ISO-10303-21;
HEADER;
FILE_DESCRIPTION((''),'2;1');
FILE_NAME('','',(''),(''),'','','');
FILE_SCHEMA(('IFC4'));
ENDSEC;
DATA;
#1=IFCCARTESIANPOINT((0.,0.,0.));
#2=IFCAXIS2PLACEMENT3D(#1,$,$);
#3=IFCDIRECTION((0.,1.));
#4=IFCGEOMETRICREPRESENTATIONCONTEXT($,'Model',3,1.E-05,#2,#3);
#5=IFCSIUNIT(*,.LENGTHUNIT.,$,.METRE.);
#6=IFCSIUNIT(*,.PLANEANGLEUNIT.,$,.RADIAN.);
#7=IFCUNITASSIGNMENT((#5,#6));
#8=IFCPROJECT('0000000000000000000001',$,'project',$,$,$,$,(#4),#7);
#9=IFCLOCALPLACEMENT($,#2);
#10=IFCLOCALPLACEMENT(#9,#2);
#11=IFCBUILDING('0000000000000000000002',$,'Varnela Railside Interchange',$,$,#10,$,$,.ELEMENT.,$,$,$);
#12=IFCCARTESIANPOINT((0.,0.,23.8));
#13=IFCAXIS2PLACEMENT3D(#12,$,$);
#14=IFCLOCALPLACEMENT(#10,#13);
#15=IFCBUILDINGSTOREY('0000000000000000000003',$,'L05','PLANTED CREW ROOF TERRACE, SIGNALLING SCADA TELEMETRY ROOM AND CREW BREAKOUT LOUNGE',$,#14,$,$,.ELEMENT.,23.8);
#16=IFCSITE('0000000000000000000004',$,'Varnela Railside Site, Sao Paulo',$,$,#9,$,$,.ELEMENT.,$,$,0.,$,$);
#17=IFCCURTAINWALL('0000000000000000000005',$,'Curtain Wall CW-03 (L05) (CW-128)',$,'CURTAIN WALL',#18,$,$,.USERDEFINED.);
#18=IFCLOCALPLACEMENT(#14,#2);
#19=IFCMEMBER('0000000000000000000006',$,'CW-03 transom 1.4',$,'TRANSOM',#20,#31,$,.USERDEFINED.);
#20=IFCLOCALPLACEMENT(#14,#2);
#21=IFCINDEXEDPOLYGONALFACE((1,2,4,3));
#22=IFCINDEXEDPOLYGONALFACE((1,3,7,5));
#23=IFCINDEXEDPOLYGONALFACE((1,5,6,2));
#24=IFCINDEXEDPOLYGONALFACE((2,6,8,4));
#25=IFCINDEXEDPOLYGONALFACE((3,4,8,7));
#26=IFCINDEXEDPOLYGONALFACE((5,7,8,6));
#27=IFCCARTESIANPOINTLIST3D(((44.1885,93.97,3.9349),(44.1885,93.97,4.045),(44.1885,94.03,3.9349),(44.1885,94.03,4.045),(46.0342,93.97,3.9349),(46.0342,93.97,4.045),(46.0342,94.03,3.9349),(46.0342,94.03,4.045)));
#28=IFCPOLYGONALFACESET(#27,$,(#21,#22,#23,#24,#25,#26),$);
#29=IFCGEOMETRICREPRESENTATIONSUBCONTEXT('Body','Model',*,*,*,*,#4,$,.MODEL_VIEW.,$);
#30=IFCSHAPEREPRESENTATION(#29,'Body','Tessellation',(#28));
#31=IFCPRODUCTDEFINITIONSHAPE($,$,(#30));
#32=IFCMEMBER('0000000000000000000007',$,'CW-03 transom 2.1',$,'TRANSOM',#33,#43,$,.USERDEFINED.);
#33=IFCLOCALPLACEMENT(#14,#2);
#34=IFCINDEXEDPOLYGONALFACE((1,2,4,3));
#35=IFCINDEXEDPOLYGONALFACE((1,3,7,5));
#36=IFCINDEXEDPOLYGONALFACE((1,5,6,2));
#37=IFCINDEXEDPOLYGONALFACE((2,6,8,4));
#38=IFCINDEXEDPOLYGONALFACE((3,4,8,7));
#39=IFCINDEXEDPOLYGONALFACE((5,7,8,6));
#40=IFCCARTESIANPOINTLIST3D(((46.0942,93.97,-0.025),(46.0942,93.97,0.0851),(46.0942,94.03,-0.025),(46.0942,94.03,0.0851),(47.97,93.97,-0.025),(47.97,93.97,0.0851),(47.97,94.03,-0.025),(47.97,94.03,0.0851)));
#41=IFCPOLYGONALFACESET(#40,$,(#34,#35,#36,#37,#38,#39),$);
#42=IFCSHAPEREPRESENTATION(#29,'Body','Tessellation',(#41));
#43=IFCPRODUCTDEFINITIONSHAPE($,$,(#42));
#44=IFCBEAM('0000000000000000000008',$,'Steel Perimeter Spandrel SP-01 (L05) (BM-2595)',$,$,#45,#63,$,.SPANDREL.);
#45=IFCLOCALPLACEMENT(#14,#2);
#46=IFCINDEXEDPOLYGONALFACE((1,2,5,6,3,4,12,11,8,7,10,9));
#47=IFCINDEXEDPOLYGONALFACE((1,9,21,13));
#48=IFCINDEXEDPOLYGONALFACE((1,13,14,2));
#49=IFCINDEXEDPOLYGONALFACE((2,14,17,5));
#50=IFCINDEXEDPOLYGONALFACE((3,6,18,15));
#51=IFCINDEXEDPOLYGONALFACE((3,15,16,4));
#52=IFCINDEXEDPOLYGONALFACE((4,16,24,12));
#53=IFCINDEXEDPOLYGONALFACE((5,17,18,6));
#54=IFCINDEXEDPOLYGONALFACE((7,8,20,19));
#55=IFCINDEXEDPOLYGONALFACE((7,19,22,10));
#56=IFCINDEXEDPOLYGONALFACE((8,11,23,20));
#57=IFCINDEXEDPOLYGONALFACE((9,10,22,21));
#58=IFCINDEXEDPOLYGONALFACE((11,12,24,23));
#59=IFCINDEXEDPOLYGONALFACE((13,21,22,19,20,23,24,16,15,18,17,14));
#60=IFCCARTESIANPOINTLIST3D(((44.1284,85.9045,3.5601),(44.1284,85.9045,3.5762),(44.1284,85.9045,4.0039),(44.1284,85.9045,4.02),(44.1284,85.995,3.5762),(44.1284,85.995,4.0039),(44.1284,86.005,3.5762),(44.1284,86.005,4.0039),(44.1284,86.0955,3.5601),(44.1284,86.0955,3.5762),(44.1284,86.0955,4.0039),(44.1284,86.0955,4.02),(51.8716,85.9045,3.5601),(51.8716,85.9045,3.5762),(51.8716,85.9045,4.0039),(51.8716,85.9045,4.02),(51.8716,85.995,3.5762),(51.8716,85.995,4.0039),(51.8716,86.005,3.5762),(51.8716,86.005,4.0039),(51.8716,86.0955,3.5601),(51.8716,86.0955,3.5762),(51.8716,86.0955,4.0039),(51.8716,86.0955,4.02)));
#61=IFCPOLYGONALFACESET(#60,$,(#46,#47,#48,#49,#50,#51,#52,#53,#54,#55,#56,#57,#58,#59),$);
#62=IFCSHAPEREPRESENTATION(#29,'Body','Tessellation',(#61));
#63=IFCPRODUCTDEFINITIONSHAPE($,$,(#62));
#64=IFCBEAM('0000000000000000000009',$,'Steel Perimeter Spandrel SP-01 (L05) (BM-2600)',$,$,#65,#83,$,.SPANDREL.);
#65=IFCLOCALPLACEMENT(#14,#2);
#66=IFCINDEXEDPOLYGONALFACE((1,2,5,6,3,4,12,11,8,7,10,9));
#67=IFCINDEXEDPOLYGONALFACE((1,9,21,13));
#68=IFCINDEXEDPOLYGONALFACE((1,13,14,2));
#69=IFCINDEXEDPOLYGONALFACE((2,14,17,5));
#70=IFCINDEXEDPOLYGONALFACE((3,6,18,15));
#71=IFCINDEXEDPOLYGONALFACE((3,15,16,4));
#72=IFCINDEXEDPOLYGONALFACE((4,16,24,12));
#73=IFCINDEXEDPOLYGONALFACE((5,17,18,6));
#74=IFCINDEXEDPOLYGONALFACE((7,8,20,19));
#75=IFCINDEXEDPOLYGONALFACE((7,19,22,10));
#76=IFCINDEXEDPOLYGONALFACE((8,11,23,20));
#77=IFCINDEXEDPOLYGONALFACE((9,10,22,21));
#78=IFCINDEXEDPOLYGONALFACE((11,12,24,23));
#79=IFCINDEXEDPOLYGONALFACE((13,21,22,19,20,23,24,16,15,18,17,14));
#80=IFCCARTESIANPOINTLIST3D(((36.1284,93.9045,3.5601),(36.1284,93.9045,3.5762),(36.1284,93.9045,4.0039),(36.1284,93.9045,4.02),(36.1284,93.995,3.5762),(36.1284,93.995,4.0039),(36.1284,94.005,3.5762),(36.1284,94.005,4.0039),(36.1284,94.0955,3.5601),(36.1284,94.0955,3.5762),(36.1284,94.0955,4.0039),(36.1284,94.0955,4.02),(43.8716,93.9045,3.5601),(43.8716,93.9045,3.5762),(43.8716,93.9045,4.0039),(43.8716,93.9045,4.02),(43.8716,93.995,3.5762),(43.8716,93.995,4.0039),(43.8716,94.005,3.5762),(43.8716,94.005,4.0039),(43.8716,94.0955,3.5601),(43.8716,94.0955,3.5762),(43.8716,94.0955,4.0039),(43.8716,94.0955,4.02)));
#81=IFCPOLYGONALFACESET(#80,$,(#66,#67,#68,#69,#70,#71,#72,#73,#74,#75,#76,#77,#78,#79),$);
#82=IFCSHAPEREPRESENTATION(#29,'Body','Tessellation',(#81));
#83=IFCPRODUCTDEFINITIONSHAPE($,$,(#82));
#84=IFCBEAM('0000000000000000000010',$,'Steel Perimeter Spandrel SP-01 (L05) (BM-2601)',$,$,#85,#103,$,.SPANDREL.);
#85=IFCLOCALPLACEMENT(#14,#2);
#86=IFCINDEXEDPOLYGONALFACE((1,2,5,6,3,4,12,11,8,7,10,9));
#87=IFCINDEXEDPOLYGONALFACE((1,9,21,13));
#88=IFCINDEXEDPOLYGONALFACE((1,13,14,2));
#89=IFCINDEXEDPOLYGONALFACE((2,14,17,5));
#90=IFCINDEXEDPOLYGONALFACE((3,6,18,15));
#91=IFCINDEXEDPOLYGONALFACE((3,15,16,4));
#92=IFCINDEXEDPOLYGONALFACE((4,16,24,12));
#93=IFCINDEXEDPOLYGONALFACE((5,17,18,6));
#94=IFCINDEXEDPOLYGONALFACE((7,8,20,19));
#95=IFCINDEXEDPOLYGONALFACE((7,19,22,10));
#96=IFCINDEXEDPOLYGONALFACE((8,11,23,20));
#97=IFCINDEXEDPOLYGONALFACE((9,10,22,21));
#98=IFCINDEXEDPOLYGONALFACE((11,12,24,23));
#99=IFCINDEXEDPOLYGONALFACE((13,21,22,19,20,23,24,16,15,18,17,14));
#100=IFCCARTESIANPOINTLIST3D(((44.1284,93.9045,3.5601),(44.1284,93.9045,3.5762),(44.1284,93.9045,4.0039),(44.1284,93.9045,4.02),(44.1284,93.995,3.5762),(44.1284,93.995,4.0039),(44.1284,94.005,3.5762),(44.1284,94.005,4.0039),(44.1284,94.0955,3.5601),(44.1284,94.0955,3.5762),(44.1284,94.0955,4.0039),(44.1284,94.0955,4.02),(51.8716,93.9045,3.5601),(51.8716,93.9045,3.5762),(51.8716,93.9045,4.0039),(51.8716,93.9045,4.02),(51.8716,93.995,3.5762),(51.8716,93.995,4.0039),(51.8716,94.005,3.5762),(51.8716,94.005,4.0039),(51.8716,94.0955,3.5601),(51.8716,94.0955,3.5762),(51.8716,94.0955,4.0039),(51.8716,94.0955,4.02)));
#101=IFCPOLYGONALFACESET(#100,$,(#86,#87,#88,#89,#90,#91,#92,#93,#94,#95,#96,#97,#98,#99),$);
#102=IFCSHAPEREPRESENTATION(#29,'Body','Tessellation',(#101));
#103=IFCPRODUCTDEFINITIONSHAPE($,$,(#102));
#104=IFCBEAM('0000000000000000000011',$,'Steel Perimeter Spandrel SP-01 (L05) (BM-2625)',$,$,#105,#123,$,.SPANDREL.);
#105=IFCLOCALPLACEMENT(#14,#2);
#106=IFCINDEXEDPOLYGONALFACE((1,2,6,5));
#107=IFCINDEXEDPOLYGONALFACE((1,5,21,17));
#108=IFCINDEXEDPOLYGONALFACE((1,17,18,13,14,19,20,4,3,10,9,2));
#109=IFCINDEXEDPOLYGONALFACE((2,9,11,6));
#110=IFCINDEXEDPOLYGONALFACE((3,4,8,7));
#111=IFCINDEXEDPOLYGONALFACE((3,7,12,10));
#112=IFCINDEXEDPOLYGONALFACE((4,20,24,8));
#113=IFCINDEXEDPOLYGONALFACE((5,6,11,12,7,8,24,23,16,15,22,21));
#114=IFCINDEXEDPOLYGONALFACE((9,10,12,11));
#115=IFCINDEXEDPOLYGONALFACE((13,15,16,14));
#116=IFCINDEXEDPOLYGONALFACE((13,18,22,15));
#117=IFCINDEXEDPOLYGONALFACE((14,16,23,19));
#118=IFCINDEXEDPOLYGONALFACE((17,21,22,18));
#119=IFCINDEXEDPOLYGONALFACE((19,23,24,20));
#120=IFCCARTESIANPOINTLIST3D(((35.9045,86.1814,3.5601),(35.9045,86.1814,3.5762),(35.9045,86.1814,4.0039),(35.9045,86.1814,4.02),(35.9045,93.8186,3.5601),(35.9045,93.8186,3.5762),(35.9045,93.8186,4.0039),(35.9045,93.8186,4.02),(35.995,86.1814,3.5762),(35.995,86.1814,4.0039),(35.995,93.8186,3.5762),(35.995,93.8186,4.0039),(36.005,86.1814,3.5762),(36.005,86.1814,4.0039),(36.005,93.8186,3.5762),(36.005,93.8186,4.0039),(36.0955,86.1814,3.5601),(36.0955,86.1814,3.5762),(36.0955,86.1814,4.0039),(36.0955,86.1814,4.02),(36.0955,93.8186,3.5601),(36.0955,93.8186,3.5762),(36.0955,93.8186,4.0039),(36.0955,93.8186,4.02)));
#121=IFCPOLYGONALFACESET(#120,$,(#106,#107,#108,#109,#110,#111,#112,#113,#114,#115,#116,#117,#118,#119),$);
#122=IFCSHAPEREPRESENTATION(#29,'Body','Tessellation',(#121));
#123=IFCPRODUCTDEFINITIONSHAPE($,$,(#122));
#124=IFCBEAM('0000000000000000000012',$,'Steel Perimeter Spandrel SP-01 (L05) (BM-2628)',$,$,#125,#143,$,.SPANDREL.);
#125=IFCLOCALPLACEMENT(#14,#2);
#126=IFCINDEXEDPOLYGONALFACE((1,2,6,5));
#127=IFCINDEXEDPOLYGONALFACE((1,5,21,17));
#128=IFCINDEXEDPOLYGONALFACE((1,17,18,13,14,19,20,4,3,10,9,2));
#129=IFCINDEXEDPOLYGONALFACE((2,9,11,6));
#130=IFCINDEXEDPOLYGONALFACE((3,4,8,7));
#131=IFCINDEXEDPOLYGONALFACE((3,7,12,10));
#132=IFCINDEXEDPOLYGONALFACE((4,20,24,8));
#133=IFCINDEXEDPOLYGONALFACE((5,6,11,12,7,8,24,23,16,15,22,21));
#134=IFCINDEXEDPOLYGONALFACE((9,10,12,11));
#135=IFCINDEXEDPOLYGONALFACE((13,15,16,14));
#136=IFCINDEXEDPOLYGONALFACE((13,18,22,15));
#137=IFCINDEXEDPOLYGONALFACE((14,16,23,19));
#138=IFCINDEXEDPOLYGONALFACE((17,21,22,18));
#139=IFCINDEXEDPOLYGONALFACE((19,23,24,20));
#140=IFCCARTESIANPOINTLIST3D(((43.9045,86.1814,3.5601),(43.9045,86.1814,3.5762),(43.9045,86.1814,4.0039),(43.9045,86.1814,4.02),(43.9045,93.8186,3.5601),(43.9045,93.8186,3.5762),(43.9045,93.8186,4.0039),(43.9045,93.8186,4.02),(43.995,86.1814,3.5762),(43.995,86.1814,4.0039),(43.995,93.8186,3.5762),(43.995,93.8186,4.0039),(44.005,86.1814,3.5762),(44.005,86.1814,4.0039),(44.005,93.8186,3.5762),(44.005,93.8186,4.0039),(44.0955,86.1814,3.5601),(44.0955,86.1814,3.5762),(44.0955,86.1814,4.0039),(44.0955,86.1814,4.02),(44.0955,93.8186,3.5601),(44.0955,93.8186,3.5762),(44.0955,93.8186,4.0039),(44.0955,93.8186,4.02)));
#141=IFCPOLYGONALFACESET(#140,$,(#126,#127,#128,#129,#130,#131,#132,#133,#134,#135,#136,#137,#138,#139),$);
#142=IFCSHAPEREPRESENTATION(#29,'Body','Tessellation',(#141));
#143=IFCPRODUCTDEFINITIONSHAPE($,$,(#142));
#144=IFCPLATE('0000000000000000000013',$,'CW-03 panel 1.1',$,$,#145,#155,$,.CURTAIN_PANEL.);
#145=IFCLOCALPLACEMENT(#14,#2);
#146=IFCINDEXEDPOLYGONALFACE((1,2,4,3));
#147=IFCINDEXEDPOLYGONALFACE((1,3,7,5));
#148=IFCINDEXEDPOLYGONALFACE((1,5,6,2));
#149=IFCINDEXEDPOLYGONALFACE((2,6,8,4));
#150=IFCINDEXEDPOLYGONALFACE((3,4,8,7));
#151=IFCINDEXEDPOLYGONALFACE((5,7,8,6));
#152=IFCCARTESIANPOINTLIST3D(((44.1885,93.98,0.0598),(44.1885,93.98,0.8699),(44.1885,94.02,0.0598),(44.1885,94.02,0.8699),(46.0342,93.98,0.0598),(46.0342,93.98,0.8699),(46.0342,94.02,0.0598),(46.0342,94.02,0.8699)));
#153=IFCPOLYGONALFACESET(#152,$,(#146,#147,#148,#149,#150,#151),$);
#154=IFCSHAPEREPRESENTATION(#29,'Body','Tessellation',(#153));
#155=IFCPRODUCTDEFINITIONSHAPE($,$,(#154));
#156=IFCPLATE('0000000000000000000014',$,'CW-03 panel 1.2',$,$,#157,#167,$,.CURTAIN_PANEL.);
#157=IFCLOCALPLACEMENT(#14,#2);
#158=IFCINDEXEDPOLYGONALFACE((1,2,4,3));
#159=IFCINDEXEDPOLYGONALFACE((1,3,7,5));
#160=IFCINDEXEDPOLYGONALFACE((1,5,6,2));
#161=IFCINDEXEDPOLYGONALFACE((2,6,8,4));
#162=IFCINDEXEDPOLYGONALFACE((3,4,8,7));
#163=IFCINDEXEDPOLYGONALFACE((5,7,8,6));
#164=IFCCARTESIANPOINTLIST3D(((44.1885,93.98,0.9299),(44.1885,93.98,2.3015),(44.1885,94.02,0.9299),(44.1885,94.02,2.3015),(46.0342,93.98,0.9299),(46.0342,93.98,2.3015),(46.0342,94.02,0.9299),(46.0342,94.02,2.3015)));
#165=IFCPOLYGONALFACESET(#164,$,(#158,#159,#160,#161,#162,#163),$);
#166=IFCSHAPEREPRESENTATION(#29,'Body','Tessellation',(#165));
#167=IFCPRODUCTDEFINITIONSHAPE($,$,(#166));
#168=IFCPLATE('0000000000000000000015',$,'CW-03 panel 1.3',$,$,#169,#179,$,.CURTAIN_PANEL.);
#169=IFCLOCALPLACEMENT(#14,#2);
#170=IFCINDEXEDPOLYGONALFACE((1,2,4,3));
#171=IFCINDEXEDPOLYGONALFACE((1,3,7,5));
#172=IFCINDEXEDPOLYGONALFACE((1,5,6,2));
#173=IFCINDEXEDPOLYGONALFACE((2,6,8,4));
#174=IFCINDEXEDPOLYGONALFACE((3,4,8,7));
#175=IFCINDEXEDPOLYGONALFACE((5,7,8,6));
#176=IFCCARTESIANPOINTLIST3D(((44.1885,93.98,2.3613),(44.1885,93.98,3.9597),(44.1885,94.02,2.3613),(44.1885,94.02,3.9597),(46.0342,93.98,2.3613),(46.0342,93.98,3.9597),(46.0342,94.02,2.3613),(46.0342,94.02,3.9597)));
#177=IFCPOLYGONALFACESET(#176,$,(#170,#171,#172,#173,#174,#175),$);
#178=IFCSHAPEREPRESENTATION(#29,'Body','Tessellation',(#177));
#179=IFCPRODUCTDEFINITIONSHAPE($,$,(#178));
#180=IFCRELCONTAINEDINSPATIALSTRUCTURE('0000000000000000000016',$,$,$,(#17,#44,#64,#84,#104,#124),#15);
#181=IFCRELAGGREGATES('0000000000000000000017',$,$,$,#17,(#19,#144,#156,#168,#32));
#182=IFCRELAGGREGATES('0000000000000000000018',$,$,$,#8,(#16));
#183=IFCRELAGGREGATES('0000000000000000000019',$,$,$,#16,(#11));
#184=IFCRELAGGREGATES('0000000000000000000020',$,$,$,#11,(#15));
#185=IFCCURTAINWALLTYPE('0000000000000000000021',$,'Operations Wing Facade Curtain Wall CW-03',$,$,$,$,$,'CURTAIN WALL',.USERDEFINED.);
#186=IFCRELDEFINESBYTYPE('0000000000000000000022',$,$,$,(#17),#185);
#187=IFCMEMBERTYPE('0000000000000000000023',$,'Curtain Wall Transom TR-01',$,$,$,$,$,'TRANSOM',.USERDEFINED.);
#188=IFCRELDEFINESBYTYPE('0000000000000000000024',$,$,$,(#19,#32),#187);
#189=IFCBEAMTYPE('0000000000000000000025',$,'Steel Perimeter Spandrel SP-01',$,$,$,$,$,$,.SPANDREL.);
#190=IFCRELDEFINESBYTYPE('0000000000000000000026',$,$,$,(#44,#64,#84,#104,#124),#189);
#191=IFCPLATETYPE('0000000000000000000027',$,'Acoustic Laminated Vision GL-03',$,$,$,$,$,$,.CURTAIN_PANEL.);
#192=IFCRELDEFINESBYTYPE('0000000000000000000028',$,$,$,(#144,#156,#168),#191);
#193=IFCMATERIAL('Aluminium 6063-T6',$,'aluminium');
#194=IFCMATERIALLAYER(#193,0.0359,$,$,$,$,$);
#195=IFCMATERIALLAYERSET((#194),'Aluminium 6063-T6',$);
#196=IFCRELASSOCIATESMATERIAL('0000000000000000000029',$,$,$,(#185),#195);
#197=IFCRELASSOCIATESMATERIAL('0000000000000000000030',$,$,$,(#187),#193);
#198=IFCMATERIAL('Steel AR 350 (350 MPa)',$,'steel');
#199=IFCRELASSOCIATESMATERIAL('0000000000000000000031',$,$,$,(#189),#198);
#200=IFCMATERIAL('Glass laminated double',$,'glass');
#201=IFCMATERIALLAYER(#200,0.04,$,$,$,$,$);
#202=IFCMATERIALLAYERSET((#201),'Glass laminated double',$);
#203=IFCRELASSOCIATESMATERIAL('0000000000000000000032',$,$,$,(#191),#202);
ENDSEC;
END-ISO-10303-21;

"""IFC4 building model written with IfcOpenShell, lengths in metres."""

from ifc_helpers import new_model, si_unit, direction, frame, origin, origin_2d, place, context, subcontext, project, spatial, rectangle, i_section, extrude, material, layer, layer_set, material_profile, profile_set, type_object, element, aggregate, save


model = new_model("IFC4")

# Units and contexts
model_context = context("Model", 3, precision=1e-05, world=origin(), true_north=direction((0.0, 1.0)))
body_context = subcontext(model_context, "Body", "Model", "MODEL_VIEW")
ifc_project = project(units=[si_unit("LENGTHUNIT", "METRE"), si_unit("PLANEANGLEUNIT", "RADIAN")], contexts=[model_context])

# Site, building, storey
site_placement = place(None, origin())
site = spatial("IfcSite", under=ifc_project, at=site_placement, Name="Varnela Railside Site, Sao Paulo", CompositionType="ELEMENT", RefElevation=0.0)
building_placement = place(site_placement, origin())
building = spatial("IfcBuilding", under=site, at=building_placement, Name="Varnela Railside Interchange", CompositionType="ELEMENT")
storey_placement = place(building_placement, frame((0.0, 0.0, 23.8)))
storey = spatial("IfcBuildingStorey", under=building, at=storey_placement, Name="L05", Description="PLANTED CREW ROOF TERRACE, SIGNALLING SCADA TELEMETRY ROOM AND CREW BREAKOUT LOUNGE", CompositionType="ELEMENT", Elevation=23.8)

# Shared definitions
ifc_material_1 = material(Name="Steel AR 350 (350 MPa)", Category="steel")

# Curtain wall, members
ifc_material_2 = material(Name="Aluminium 6063-T6", Category="aluminium")
ifc_layer_1 = layer(ifc_material_2, 0.0359)
ifc_layer_set_1 = layer_set([ifc_layer_1], Name="Aluminium 6063-T6")
curtain_wall_type = type_object("IfcCurtainWallType", Name="Operations Wing Facade Curtain Wall CW-03", ElementType="CURTAIN WALL", PredefinedType="USERDEFINED", material=ifc_layer_set_1)
curtain_wall_placement = place(storey_placement, origin())
curtain_wall = element("IfcCurtainWall", 1, at=curtain_wall_placement, inside=storey, type_object=curtain_wall_type, Name="Curtain Wall CW-03 (L05) (CW-128)", ObjectType="CURTAIN WALL", PredefinedType="USERDEFINED")
ifc_material_profile_1 = material_profile(ifc_material_2, rectangle(XDim=0.0601, YDim=0.1101, at=origin_2d()), Name="ALU 60x110")
ifc_profile_set_1 = profile_set([ifc_material_profile_1], Name="Aluminium 6063-T6")
member_type_1 = type_object("IfcMemberType", Name="Curtain Wall Transom TR-01", ElementType="TRANSOM", PredefinedType="USERDEFINED", material=ifc_profile_set_1)
member_1_placement = place(storey_placement, frame((44.1885, 94.0, 3.99), z_axis=(1.0, 0.0, 0.0), x_axis=(0.0, 1.0, 0.0)))
member_1 = element("IfcMember", 2, at=member_1_placement, type_object=member_type_1, Name="CW-03 transom 1.4", ObjectType="TRANSOM", PredefinedType="USERDEFINED", context=body_context, shape_type="SweptSolid", body=[
    extrude(rectangle(XDim=0.0601, YDim=0.1101, at=origin_2d()), origin(), (0.0, 0.0, 1.0), 1.8457),
])
member_2_placement = place(storey_placement, frame((46.0942, 94.0, 0.03), z_axis=(1.0, 0.0, 0.0), x_axis=(0.0, 1.0, 0.0)))
member_2 = element("IfcMember", 3, at=member_2_placement, type_object=member_type_1, Name="CW-03 transom 2.1", ObjectType="TRANSOM", PredefinedType="USERDEFINED", context=body_context, shape_type="SweptSolid", body=[
    extrude(rectangle(XDim=0.0601, YDim=0.1101, at=origin_2d()), origin(), (0.0, 0.0, 1.0), 1.8757),
])

# Beams
ifc_material_profile_2 = material_profile(ifc_material_1, i_section(OverallWidth=0.1909, OverallDepth=0.46, WebThickness=0.01, FlangeThickness=0.0161, at=origin_2d()), Name="W460x82")
ifc_profile_set_2 = profile_set([ifc_material_profile_2], Name="Steel AR 350 (350 MPa)")
beam_type_1 = type_object("IfcBeamType", Name="Steel Perimeter Spandrel SP-01", PredefinedType="SPANDREL", material=ifc_profile_set_2)
for number, where, z_axis, x_axis, name in (
    (4, (44.1284, 86.0, 3.79), (1.0, 0.0, 0.0), (0.0, 1.0, 0.0), "Steel Perimeter Spandrel SP-01 (L05) (BM-2595)"),
    (5, (36.1284, 94.0, 3.79), (1.0, 0.0, 0.0), (0.0, 1.0, 0.0), "Steel Perimeter Spandrel SP-01 (L05) (BM-2600)"),
    (6, (44.1284, 94.0, 3.79), (1.0, 0.0, 0.0), (0.0, 1.0, 0.0), "Steel Perimeter Spandrel SP-01 (L05) (BM-2601)"),
):
    element("IfcBeam", number, at=place(storey_placement, frame(where, z_axis=z_axis, x_axis=x_axis)), inside=storey, type_object=beam_type_1, Name=name, PredefinedType="SPANDREL", context=body_context, shape_type="SweptSolid", body=[
        extrude(i_section(OverallWidth=0.1909, OverallDepth=0.46, WebThickness=0.01, FlangeThickness=0.0161, at=origin_2d()), origin(), (0.0, 0.0, 1.0), 7.7432),
    ])
for number, where, z_axis, x_axis, name in (
    (7, (36.0, 86.1814, 3.79), (0.0, 1.0, 0.0), (-1.0, 0.0, 0.0), "Steel Perimeter Spandrel SP-01 (L05) (BM-2625)"),
    (8, (44.0, 86.1814, 3.79), (0.0, 1.0, 0.0), (-1.0, 0.0, 0.0), "Steel Perimeter Spandrel SP-01 (L05) (BM-2628)"),
):
    element("IfcBeam", number, at=place(storey_placement, frame(where, z_axis=z_axis, x_axis=x_axis)), inside=storey, type_object=beam_type_1, Name=name, PredefinedType="SPANDREL", context=body_context, shape_type="SweptSolid", body=[
        extrude(i_section(OverallWidth=0.1909, OverallDepth=0.46, WebThickness=0.01, FlangeThickness=0.0161, at=origin_2d()), origin(), (0.0, 0.0, 1.0), 7.6372),
    ])

# Plates
ifc_material_3 = material(Name="Glass laminated double", Category="glass")
ifc_layer_2 = layer(ifc_material_3, 0.04)
ifc_layer_set_2 = layer_set([ifc_layer_2], Name="Glass laminated double")
plate_type = type_object("IfcPlateType", Name="Acoustic Laminated Vision GL-03", PredefinedType="CURTAIN_PANEL", material=ifc_layer_set_2)
plate_1_placement = place(storey_placement, frame((45.1113, 94.0, 0.0598), z_axis=(0.0, 0.0, 1.0), x_axis=(1.0, 0.0, 0.0)))
plate_1 = element("IfcPlate", 9, at=plate_1_placement, type_object=plate_type, Name="CW-03 panel 1.1", PredefinedType="CURTAIN_PANEL", context=body_context, shape_type="SweptSolid", body=[
    extrude(rectangle(XDim=1.8457, YDim=0.04, at=origin_2d()), origin(), (0.0, 0.0, 1.0), 0.8101),
])
plate_2_placement = place(storey_placement, frame((45.1113, 94.0, 0.9299), z_axis=(0.0, 0.0, 1.0), x_axis=(1.0, 0.0, 0.0)))
plate_2 = element("IfcPlate", 10, at=plate_2_placement, type_object=plate_type, Name="CW-03 panel 1.2", PredefinedType="CURTAIN_PANEL", context=body_context, shape_type="SweptSolid", body=[
    extrude(rectangle(XDim=1.8457, YDim=0.04, at=origin_2d()), origin(), (0.0, 0.0, 1.0), 1.3716),
])
plate_3_placement = place(storey_placement, frame((45.1113, 94.0, 2.3613), z_axis=(0.0, 0.0, 1.0), x_axis=(1.0, 0.0, 0.0)))
plate_3 = element("IfcPlate", 11, at=plate_3_placement, type_object=plate_type, Name="CW-03 panel 1.3", PredefinedType="CURTAIN_PANEL", context=body_context, shape_type="SweptSolid", body=[
    extrude(rectangle(XDim=1.8457, YDim=0.04, at=origin_2d()), origin(), (0.0, 0.0, 1.0), 1.5984),
])
aggregate(curtain_wall, [member_1, plate_1, plate_2, plate_3, member_2])

save(model, "model.ifc")
